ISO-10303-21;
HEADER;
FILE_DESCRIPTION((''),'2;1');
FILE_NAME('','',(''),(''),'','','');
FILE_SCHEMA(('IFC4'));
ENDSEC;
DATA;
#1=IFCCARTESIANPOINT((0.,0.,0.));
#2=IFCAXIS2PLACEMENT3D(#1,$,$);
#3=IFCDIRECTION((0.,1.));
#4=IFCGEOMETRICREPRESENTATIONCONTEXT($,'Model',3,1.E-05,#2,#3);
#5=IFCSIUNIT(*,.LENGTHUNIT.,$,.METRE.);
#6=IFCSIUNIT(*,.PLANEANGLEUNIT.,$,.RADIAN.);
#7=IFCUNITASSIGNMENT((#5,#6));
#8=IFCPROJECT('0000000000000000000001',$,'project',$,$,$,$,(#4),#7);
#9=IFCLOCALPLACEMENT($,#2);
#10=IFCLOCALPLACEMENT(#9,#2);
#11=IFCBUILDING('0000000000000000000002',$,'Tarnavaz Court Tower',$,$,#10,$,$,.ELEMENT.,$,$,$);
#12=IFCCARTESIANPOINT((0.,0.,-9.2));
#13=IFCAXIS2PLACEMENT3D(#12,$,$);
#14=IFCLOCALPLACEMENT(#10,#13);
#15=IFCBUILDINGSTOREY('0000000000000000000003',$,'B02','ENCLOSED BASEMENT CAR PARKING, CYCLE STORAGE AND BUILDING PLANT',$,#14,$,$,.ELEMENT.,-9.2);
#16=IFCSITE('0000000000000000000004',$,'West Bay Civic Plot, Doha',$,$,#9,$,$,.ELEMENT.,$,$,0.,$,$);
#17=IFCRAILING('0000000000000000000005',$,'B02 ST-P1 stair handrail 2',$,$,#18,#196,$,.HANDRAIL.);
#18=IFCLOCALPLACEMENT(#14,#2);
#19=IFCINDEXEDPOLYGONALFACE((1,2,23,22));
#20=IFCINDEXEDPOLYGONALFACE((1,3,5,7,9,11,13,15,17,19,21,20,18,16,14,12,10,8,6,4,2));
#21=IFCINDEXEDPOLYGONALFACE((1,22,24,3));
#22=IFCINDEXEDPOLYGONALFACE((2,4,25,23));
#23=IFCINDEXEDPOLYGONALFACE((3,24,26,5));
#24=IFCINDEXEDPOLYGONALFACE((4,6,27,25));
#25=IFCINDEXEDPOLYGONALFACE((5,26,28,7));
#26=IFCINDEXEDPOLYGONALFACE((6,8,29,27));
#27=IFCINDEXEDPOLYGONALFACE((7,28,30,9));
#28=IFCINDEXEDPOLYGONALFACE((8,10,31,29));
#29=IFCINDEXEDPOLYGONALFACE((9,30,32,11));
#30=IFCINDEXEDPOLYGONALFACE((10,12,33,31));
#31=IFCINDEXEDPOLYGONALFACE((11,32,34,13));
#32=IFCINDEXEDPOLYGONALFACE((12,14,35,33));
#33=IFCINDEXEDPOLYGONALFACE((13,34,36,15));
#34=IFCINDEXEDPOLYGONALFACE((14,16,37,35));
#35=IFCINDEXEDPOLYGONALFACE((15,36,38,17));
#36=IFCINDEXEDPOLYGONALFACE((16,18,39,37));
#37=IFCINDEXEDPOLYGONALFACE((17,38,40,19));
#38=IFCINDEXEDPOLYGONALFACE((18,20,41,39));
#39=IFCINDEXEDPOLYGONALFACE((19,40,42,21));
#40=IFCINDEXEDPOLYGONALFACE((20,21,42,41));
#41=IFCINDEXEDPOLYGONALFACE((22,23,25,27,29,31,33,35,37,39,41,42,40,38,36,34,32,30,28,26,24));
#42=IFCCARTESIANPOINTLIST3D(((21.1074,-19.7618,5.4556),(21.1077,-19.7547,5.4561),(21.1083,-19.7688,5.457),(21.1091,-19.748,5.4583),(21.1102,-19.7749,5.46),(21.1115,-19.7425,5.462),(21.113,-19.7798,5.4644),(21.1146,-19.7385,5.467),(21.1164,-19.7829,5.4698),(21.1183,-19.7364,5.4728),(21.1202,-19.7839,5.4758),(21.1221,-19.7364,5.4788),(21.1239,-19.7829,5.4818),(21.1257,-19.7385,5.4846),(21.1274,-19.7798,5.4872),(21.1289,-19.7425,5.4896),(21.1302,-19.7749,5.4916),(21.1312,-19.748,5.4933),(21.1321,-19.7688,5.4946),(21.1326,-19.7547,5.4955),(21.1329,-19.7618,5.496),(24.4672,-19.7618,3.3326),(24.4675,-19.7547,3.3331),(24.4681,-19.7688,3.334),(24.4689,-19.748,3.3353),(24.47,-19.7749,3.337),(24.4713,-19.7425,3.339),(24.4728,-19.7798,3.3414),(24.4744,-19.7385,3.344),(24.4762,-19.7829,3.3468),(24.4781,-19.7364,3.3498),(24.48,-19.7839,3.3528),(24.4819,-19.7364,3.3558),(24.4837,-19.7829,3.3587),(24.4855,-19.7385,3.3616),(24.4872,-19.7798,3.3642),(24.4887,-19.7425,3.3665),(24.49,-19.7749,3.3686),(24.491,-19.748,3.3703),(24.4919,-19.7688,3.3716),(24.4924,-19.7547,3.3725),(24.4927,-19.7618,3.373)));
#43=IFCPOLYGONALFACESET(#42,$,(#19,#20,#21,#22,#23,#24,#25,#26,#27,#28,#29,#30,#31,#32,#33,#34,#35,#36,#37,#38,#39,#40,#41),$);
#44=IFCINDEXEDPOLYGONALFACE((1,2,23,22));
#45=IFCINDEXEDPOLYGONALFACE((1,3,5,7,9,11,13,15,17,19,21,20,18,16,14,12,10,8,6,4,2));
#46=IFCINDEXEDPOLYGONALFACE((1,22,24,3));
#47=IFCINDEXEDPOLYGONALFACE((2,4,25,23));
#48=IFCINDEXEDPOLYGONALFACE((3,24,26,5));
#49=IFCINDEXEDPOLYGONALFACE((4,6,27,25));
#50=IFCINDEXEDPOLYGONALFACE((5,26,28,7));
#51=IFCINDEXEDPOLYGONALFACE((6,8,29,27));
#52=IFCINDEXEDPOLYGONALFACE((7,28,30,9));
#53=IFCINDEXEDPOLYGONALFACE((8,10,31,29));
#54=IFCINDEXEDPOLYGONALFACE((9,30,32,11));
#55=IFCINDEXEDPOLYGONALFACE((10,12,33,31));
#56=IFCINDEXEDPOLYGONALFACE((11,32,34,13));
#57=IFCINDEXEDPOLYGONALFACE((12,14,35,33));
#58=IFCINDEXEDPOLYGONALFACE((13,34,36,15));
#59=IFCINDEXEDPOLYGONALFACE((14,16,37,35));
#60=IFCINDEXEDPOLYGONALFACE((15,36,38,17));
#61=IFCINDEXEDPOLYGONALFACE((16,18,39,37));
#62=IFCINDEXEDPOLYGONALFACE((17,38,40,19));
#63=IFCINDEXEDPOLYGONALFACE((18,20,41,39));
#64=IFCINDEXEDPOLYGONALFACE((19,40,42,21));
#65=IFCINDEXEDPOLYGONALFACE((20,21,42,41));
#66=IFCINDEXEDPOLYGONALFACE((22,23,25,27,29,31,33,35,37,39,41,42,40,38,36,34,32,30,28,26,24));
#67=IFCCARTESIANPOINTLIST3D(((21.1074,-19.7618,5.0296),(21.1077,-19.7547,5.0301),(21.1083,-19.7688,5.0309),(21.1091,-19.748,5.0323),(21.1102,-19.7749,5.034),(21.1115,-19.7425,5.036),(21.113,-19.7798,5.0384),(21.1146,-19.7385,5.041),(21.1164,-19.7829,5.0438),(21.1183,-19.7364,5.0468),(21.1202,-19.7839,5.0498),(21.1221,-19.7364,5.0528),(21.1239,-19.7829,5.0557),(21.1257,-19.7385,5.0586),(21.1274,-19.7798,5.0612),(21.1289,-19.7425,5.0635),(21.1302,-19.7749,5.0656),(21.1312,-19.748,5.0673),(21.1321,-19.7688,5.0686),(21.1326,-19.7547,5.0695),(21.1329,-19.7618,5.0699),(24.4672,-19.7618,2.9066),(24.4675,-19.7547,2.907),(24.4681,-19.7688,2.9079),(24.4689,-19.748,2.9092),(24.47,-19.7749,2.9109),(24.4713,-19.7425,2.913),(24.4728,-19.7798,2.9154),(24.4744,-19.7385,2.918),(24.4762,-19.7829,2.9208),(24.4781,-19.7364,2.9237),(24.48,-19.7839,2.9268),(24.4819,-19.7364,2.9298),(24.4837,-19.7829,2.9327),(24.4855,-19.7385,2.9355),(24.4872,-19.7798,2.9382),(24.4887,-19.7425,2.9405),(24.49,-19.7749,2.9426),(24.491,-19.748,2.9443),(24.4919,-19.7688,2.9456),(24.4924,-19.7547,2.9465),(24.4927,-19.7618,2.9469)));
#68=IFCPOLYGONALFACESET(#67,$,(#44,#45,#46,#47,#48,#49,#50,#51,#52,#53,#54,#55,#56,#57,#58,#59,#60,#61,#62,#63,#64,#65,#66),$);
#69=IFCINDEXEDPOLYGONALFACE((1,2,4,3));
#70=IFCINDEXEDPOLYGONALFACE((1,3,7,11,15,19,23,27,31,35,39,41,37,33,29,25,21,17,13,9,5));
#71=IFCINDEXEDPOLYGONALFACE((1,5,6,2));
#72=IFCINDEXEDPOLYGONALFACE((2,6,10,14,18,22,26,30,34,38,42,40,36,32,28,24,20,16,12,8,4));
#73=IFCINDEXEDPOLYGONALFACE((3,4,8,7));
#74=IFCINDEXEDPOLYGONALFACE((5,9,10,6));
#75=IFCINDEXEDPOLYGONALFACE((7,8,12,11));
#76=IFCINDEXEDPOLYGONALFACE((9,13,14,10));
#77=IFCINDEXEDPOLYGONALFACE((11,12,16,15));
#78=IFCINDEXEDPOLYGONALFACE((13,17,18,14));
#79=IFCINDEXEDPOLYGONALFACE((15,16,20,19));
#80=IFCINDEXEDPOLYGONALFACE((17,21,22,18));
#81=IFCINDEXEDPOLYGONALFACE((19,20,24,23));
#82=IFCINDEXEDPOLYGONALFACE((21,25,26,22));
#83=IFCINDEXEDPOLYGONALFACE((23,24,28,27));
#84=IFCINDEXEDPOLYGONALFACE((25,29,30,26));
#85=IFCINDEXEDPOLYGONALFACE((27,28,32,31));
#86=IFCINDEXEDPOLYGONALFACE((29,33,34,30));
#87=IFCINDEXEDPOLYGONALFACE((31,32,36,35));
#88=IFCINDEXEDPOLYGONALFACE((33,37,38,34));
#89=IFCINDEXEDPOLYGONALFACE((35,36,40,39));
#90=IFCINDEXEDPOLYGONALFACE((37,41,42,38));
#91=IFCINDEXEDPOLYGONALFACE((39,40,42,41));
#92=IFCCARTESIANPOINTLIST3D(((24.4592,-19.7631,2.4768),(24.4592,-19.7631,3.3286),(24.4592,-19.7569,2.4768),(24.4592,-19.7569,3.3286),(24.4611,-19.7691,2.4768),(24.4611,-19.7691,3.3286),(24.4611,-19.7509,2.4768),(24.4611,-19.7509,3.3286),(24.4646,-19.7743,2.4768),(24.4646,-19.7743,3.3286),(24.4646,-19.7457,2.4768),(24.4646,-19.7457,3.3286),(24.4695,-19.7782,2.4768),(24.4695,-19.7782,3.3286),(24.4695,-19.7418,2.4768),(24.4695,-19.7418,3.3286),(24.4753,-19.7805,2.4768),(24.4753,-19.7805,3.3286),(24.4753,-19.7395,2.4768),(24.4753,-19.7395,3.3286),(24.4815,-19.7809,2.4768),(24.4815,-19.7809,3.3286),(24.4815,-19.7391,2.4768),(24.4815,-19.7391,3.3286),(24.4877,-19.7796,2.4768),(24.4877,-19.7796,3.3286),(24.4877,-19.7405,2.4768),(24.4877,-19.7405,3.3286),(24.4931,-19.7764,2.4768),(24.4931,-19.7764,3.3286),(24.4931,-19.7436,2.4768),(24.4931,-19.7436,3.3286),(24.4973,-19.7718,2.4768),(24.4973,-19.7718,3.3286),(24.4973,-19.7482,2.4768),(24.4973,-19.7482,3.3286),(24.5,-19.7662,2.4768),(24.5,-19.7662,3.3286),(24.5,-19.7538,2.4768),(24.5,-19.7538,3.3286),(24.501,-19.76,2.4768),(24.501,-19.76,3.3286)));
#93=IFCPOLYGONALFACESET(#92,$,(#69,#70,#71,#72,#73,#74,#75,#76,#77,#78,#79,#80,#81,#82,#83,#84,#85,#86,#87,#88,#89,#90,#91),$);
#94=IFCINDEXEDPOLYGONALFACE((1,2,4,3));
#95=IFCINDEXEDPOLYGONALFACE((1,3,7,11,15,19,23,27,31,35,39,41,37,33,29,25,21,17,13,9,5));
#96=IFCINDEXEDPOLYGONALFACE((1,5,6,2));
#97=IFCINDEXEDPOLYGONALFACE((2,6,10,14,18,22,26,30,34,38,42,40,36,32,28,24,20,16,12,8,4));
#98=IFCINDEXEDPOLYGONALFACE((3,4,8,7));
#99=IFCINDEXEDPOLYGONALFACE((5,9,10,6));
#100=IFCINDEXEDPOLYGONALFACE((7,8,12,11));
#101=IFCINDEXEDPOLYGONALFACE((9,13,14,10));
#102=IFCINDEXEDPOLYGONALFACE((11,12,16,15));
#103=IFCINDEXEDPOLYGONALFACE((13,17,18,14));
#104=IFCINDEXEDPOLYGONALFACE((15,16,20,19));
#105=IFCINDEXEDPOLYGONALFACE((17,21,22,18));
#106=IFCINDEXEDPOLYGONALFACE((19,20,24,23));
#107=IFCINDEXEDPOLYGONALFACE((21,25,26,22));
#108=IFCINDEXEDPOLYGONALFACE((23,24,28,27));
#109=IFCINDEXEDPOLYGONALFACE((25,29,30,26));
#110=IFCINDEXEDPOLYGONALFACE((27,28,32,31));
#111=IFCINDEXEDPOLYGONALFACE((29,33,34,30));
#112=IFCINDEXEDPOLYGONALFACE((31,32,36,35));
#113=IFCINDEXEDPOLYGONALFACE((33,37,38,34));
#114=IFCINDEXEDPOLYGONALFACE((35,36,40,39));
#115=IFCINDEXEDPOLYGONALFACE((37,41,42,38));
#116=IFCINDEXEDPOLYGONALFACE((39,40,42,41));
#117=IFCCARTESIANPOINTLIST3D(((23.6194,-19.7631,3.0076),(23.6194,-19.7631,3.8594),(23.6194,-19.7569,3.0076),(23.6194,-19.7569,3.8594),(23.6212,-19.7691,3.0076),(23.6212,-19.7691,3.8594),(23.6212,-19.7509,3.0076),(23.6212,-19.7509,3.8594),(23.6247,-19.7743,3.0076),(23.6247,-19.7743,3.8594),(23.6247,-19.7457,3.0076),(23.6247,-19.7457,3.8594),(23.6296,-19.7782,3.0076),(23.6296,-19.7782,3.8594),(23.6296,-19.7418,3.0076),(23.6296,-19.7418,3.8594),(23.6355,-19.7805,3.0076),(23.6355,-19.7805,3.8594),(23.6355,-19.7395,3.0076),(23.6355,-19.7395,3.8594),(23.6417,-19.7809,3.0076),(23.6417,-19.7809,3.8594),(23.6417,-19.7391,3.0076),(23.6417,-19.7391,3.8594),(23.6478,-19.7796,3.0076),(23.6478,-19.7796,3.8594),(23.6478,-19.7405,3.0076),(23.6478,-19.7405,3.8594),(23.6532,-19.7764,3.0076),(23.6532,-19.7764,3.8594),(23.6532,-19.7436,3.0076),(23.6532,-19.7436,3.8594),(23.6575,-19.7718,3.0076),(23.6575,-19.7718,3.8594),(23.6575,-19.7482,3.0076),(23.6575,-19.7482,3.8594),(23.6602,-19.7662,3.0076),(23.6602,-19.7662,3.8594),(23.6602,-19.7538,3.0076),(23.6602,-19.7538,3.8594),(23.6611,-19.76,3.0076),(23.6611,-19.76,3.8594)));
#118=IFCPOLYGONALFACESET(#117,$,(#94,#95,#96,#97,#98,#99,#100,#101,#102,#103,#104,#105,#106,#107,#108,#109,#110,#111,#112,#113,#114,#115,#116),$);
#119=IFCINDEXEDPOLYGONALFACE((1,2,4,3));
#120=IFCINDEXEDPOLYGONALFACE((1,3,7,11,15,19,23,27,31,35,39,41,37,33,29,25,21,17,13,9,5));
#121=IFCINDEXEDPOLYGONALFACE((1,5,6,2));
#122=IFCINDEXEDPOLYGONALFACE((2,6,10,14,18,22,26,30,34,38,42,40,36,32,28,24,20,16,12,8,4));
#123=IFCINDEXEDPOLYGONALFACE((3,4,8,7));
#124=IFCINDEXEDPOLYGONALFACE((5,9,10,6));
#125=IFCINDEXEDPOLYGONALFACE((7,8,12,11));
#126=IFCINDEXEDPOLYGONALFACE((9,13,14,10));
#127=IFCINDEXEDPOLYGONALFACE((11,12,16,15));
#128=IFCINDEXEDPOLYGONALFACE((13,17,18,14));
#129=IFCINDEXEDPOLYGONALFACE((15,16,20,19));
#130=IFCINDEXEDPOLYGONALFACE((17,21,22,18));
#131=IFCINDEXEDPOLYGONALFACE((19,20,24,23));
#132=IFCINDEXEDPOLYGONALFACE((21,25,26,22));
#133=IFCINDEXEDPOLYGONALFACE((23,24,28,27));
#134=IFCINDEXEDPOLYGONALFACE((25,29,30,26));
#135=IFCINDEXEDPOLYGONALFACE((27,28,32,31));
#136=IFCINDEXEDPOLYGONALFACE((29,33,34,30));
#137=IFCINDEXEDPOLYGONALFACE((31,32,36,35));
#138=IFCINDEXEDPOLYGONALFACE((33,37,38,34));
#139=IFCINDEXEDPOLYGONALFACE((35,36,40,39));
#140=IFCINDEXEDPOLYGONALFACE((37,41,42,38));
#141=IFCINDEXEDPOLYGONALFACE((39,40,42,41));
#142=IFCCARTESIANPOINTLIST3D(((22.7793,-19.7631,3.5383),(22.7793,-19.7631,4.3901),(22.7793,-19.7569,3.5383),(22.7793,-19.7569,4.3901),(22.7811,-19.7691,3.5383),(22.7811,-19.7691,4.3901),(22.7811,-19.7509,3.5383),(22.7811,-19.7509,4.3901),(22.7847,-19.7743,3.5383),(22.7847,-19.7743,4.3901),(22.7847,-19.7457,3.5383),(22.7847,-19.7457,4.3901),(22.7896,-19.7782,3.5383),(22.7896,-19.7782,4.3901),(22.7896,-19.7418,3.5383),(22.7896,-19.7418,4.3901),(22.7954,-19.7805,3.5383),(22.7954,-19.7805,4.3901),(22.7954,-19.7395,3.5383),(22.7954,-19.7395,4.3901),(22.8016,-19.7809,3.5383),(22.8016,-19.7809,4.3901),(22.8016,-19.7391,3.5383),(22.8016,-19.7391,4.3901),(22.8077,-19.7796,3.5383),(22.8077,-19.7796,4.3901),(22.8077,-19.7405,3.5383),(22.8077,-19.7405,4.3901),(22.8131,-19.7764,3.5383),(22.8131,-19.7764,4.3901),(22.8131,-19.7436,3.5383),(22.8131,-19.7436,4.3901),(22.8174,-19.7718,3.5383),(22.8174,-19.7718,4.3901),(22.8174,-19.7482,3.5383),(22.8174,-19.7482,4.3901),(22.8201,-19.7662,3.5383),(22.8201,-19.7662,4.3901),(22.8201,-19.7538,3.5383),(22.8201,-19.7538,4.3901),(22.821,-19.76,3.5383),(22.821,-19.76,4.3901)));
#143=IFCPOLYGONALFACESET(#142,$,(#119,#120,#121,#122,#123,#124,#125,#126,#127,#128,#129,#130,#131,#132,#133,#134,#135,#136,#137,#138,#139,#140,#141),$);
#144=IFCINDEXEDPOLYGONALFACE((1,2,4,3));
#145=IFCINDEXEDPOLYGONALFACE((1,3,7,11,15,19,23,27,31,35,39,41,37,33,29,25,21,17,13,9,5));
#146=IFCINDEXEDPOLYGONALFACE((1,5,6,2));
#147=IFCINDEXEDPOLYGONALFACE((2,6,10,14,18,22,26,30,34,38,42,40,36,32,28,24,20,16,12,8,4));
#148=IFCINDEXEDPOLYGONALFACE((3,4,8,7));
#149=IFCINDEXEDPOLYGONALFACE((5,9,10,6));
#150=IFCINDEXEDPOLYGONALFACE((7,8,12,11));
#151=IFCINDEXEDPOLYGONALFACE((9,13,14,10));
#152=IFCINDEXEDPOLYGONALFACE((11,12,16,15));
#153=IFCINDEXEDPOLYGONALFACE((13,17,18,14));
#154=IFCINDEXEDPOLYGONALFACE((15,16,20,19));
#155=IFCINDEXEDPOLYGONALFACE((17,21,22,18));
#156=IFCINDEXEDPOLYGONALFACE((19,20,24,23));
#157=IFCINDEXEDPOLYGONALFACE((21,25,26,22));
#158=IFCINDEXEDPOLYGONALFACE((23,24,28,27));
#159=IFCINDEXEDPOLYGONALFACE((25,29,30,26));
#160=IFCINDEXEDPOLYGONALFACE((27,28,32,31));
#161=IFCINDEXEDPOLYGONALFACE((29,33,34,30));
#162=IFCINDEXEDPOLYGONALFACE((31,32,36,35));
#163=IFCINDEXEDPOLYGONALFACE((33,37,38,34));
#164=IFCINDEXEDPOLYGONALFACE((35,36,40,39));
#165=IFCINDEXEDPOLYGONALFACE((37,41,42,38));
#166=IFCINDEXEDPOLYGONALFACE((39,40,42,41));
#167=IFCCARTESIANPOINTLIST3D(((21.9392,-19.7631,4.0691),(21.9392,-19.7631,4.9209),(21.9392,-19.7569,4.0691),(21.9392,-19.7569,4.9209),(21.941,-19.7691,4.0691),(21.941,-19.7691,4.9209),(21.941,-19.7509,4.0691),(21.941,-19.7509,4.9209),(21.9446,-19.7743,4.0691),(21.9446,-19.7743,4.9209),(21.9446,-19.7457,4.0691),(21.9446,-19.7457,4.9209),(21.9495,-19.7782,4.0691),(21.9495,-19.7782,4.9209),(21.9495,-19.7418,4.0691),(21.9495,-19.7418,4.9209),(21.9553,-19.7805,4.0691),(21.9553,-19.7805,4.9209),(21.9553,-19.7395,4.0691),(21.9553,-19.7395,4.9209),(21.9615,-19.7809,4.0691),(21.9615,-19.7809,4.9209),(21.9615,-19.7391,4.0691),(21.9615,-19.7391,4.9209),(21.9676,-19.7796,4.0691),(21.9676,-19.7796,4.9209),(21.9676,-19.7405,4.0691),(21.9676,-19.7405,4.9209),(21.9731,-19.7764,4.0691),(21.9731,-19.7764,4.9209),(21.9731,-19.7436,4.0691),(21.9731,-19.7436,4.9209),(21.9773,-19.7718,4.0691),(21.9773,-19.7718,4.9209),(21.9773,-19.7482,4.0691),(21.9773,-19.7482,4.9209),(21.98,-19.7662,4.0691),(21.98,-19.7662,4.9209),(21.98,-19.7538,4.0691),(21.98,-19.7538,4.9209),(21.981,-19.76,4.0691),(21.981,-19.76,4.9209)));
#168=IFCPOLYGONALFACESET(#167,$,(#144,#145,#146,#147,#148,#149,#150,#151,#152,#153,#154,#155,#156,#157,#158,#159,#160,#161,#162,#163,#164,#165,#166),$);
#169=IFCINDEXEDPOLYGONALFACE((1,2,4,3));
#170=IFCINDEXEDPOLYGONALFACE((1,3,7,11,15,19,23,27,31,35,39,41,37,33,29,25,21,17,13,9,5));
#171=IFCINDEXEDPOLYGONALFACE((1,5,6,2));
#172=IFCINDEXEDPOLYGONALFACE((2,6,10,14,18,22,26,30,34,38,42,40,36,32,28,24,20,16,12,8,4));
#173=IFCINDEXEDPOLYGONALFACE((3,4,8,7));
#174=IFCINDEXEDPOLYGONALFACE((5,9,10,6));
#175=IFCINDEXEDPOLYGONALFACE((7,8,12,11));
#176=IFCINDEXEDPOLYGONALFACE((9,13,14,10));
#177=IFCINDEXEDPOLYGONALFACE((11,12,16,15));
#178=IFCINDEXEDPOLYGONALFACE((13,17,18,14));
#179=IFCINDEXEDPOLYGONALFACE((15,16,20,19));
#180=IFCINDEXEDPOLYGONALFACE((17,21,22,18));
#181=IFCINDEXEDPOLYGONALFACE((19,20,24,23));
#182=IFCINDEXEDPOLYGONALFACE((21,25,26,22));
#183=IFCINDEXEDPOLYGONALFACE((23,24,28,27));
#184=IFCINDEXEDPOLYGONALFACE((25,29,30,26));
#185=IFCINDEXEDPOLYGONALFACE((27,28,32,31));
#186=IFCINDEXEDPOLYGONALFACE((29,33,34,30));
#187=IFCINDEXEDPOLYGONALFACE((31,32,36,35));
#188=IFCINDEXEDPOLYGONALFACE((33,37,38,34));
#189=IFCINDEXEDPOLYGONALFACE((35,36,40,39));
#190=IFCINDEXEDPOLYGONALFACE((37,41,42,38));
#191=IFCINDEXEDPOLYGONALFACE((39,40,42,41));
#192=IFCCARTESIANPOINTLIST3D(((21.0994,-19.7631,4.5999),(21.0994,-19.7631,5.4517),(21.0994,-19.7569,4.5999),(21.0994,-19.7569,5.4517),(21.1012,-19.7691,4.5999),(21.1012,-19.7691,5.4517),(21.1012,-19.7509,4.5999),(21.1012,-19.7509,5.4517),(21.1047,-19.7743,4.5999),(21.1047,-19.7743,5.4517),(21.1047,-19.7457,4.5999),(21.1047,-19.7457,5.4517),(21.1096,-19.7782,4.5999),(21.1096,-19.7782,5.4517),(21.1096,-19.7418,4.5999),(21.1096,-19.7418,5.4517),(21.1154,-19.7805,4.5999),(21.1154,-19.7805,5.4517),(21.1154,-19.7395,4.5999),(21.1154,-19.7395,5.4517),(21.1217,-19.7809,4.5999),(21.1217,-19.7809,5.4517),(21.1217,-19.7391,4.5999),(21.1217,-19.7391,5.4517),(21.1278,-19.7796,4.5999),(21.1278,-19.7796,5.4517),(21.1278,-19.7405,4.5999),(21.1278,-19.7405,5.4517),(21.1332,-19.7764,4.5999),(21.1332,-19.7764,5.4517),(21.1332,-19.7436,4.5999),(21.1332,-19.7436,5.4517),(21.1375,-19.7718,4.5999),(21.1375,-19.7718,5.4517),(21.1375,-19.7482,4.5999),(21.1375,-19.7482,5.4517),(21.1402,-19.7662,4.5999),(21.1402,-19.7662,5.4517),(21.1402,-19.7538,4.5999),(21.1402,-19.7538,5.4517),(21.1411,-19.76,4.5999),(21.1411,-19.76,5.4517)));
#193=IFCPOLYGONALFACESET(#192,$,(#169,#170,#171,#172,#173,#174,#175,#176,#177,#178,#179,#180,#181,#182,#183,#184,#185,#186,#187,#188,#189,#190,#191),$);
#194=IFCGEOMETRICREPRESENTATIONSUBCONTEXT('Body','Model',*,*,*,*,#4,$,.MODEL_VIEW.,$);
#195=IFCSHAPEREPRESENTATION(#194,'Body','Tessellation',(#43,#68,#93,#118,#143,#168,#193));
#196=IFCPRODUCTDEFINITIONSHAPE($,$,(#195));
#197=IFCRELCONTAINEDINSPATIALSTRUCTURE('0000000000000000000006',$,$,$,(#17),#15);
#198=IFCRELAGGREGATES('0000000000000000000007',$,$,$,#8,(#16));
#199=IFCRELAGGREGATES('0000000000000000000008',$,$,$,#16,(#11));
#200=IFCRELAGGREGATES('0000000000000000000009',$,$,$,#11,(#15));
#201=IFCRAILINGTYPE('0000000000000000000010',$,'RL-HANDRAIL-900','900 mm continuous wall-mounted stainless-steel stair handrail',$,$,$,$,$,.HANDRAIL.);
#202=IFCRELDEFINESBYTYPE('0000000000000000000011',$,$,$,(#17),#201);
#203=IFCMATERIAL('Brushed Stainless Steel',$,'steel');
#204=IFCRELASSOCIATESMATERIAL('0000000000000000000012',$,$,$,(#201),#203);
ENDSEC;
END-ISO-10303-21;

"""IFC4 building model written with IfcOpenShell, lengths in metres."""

from ifc_helpers import new_model, si_unit, direction, frame, origin, origin_2d, place, context, subcontext, project, spatial, circle, extrude, material, type_object, element, save


model = new_model("IFC4")

# Units and contexts
model_context = context("Model", 3, precision=1e-05, world=origin(), true_north=direction((0.0, 1.0)))
body_context = subcontext(model_context, "Body", "Model", "MODEL_VIEW")
ifc_project = project(units=[si_unit("LENGTHUNIT", "METRE"), si_unit("PLANEANGLEUNIT", "RADIAN")], contexts=[model_context])

# Site, building, storey
site_placement = place(None, origin())
site = spatial("IfcSite", under=ifc_project, at=site_placement, Name="West Bay Civic Plot, Doha", CompositionType="ELEMENT", RefElevation=0.0)
building_placement = place(site_placement, origin())
building = spatial("IfcBuilding", under=site, at=building_placement, Name="Tarnavaz Court Tower", CompositionType="ELEMENT")
storey_placement = place(building_placement, frame((0.0, 0.0, -9.2)))
storey = spatial("IfcBuildingStorey", under=building, at=storey_placement, Name="B02", Description="ENCLOSED BASEMENT CAR PARKING, CYCLE STORAGE AND BUILDING PLANT", CompositionType="ELEMENT", Elevation=-9.2)

# Railing
ifc_material_1 = material(Name="Brushed Stainless Steel", Category="steel")
railing_type = type_object("IfcRailingType", Name="RL-HANDRAIL-900", Description="900 mm continuous wall-mounted stainless-steel stair handrail", PredefinedType="HANDRAIL", material=ifc_material_1)
railing_placement = place(storey_placement, frame((24.48, -19.76, 2.4768)))
element("IfcRailing", 1, at=railing_placement, inside=storey, type_object=railing_type, Name="B02 ST-P1 stair handrail 2", PredefinedType="HANDRAIL", context=body_context, shape_type="SweptSolid", body=[
    extrude(circle(Radius=0.0239, at=origin_2d()), frame((0.0, 0.0, 0.876), z_axis=(-0.845372, 0.0, 0.534178), x_axis=(0.0, -1.0, 0.0)), (0.0, 0.0, 1.0), 3.9744),
    extrude(circle(Radius=0.0239, at=origin_2d()), frame((0.0, 0.0, 0.45), z_axis=(-0.845372, 0.0, 0.534178), x_axis=(0.0, -1.0, 0.0)), (0.0, 0.0, 1.0), 3.9744),
    extrude(circle(Radius=0.021, at=origin_2d()), origin(), (0.0, 0.0, 1.0), 0.8518),
    extrude(circle(Radius=0.021, at=origin_2d()), frame((-0.8398, 0.0, 0.5308)), (0.0, 0.0, 1.0), 0.8518),
    extrude(circle(Radius=0.021, at=origin_2d()), frame((-1.6799, 0.0, 1.0615)), (0.0, 0.0, 1.0), 0.8518),
    extrude(circle(Radius=0.021, at=origin_2d()), frame((-2.52, 0.0, 1.5923)), (0.0, 0.0, 1.0), 0.8518),
    extrude(circle(Radius=0.021, at=origin_2d()), frame((-3.3599, 0.0, 2.123)), (0.0, 0.0, 1.0), 0.8518),
])

save(model, "model.ifc")
